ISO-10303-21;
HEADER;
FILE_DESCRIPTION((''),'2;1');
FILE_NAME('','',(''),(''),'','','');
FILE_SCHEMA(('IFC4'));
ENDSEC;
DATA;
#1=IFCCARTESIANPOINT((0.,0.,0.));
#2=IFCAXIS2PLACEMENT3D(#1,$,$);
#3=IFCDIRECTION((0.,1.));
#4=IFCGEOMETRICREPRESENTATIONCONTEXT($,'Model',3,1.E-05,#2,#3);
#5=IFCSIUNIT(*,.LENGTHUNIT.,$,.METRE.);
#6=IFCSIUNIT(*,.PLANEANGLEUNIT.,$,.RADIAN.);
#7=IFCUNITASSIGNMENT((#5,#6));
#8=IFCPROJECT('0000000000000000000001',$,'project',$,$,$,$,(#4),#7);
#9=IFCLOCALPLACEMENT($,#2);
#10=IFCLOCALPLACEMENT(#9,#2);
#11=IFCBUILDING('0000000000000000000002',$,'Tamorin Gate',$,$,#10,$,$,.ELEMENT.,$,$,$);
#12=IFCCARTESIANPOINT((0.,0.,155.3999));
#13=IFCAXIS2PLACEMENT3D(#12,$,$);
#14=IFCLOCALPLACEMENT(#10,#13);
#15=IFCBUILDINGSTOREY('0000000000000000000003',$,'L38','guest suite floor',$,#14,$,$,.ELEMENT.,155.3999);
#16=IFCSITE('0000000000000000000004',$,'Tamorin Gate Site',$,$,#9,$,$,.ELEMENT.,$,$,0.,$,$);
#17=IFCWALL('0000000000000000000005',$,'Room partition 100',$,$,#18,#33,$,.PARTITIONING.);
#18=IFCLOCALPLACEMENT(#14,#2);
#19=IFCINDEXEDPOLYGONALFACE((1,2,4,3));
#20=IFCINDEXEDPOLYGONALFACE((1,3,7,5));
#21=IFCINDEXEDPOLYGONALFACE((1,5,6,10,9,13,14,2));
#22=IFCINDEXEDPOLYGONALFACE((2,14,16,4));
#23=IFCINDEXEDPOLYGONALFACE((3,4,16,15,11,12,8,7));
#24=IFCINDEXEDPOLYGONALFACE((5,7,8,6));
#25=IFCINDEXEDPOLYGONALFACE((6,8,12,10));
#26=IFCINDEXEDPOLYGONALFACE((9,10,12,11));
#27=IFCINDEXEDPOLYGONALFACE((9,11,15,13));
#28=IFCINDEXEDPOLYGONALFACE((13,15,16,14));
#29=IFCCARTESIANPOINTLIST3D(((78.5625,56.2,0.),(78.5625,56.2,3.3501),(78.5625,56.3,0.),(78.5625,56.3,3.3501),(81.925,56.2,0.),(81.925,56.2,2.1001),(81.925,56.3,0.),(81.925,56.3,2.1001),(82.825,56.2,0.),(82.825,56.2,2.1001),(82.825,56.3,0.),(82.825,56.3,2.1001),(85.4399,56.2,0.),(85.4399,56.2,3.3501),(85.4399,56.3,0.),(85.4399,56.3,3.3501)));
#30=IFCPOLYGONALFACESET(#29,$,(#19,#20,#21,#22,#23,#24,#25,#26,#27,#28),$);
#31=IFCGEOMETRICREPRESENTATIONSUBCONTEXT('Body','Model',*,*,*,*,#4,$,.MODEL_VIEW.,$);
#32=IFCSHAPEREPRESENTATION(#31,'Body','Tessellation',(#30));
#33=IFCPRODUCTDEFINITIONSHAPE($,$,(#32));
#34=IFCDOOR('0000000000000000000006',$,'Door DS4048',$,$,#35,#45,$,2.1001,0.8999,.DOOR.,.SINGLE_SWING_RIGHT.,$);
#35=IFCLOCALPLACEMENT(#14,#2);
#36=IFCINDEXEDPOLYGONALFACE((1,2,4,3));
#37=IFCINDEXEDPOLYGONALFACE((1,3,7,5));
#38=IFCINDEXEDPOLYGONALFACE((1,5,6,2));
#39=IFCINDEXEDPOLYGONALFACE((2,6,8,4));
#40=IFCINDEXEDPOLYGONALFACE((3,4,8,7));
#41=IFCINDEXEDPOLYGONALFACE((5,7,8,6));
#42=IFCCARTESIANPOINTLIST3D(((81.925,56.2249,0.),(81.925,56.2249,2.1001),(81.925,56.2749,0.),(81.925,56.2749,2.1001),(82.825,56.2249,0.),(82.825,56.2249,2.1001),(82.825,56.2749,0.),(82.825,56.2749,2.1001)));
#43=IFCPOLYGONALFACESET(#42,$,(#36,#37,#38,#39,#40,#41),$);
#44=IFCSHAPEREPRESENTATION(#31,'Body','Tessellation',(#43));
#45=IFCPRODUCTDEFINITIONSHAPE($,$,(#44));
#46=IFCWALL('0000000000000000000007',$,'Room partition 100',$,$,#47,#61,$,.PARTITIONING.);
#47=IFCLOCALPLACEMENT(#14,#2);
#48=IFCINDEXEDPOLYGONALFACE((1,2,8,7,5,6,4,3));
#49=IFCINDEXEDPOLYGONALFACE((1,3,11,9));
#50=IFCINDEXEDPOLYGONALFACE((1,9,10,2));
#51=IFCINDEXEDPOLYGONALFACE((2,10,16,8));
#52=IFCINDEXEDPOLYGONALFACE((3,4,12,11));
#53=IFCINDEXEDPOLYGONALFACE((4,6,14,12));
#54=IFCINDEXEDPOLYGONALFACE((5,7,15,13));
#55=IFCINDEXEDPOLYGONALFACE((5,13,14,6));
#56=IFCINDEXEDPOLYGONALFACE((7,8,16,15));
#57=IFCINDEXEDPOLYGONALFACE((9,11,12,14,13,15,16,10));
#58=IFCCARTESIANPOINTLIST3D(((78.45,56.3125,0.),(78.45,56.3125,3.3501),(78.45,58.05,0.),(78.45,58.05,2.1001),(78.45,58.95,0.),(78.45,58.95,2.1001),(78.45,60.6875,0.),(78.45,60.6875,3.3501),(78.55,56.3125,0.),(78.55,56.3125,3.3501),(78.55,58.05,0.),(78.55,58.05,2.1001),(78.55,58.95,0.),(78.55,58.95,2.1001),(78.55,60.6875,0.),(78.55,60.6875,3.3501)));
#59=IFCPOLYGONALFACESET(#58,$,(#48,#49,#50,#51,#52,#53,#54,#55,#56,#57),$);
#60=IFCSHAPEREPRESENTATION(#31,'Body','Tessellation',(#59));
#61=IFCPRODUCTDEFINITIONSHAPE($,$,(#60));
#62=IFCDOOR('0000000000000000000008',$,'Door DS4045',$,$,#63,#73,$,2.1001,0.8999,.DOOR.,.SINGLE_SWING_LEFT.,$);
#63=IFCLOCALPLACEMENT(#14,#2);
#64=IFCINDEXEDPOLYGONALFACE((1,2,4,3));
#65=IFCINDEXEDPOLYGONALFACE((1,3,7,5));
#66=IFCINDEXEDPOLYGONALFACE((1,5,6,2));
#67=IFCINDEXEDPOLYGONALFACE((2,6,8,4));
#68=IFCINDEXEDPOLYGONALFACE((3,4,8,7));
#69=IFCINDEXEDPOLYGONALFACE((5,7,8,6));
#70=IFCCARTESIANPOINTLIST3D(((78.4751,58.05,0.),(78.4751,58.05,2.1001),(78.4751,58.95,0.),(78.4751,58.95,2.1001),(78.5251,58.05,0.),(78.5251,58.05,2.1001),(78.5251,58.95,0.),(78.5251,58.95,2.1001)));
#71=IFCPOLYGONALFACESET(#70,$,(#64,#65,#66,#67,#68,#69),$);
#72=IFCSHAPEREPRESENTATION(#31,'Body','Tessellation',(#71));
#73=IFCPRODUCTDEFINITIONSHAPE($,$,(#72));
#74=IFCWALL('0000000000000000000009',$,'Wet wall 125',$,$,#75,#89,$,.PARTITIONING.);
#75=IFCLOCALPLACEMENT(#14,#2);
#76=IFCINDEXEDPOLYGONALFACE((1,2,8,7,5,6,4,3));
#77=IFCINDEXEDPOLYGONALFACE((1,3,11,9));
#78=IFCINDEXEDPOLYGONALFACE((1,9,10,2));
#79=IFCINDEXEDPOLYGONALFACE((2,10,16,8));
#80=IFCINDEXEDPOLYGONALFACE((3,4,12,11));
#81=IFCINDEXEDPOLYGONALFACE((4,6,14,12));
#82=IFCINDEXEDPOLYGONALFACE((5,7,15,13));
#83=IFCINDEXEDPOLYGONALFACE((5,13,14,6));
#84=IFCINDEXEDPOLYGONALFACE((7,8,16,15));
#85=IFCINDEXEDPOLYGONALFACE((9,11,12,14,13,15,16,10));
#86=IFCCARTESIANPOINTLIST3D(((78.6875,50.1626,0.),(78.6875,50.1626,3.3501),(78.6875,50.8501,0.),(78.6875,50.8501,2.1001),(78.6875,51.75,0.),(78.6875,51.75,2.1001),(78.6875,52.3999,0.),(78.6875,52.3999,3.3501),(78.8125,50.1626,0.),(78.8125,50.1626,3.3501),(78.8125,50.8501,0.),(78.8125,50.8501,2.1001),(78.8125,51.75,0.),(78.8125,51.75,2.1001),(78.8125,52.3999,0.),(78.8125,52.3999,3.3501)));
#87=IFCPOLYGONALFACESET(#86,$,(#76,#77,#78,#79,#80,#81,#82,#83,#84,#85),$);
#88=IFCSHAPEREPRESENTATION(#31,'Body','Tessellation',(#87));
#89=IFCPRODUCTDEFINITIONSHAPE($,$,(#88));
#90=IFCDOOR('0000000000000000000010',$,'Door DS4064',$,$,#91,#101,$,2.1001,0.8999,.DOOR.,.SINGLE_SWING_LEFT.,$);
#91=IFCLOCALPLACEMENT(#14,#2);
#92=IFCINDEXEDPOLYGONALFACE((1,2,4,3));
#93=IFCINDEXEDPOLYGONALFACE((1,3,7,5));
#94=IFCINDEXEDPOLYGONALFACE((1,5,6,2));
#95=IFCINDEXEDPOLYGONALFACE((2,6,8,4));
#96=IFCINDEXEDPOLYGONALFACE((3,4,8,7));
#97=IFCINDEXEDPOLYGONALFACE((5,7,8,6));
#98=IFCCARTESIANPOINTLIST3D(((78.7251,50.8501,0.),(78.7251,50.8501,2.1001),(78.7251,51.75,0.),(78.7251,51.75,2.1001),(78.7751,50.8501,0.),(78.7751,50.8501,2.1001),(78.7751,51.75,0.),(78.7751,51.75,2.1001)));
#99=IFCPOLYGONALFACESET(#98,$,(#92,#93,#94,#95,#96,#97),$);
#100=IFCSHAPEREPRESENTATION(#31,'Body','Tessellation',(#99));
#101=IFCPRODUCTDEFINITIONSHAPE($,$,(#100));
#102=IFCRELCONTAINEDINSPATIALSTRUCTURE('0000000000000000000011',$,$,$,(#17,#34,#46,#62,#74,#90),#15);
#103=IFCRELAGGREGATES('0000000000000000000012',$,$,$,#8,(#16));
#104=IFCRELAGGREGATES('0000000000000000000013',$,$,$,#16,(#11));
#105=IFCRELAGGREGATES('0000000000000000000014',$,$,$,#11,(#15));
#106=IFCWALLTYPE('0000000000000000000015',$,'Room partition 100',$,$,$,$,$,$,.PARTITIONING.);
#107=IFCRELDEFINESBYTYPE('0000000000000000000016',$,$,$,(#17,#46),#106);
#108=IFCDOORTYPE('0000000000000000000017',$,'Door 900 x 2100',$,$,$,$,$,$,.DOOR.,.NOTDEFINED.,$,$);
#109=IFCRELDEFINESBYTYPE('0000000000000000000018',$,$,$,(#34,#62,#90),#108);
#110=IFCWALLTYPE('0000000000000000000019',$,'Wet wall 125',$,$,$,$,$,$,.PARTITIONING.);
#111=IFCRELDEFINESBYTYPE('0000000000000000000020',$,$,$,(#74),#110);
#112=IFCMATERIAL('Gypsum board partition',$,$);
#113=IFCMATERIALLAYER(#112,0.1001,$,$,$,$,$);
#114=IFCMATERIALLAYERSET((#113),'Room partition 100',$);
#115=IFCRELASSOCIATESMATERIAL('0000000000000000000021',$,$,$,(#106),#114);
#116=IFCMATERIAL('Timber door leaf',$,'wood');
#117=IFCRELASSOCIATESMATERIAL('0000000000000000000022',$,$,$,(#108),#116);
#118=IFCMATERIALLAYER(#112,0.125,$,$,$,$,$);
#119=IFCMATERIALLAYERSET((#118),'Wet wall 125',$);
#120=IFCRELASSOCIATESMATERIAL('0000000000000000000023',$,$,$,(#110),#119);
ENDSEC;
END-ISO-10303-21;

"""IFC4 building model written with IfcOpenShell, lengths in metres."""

from ifc_helpers import new_model, si_unit, direction, frame, frame_2d, origin, place, context, subcontext, project, spatial, rectangle, extrude, material, layer, layer_set, type_object, element, fill, save


model = new_model("IFC4")

# Units and contexts
model_context = context("Model", 3, precision=1e-05, world=origin(), true_north=direction((0.0, 1.0)))
body_context = subcontext(model_context, "Body", "Model", "MODEL_VIEW")
ifc_project = project(units=[si_unit("LENGTHUNIT", "METRE"), si_unit("PLANEANGLEUNIT", "RADIAN")], contexts=[model_context])

# Site, building, storey
site_placement = place(None, origin())
site = spatial("IfcSite", under=ifc_project, at=site_placement, Name="Tamorin Gate Site", CompositionType="ELEMENT", RefElevation=0.0)
building_placement = place(site_placement, origin())
building = spatial("IfcBuilding", under=site, at=building_placement, Name="Tamorin Gate", CompositionType="ELEMENT")
storey_placement = place(building_placement, frame((0.0, 0.0, 155.3999)))
storey = spatial("IfcBuildingStorey", under=building, at=storey_placement, Name="L38", Description="guest suite floor", CompositionType="ELEMENT", Elevation=155.3999)

# Walls, openings, doors
ifc_material_1 = material(Name="Gypsum board partition")
ifc_layer_1 = layer(ifc_material_1, 0.1001)
ifc_layer_set_1 = layer_set([ifc_layer_1], Name="Room partition 100")
wall_type_1 = type_object("IfcWallType", Name="Room partition 100", PredefinedType="PARTITIONING", material=ifc_layer_set_1)
wall_1_placement = place(storey_placement, frame((78.5625, 56.25, 0.0), z_axis=(0.0, 0.0, 1.0), x_axis=(1.0, 0.0, 0.0)))
wall_1 = element("IfcWall", 1, at=wall_1_placement, inside=storey, type_object=wall_type_1, Name="Room partition 100", PredefinedType="PARTITIONING", context=body_context, shape_type="SweptSolid", body=[
    extrude(rectangle(XDim=6.8774, YDim=0.1001, at=frame_2d((3.4387, 0.0))), origin(), (0.0, 0.0, 1.0), 3.3501),
])
opening_1_placement = place(wall_1_placement, frame((3.3625, 0.0, 0.0)))
opening_1 = element("IfcOpeningElement", 2, at=opening_1_placement, cuts=wall_1, PredefinedType="OPENING", context=body_context, shape_type="SweptSolid", body=[
    extrude(rectangle(XDim=0.8999, YDim=2.1001, at=frame_2d((0.45, 1.05))), frame((0.0, 0.0601, 0.0), z_axis=(0.0, -1.0, 0.0), x_axis=(1.0, 0.0, 0.0)), (0.0, 0.0, 1.0), 0.1201),
])
ifc_material_2 = material(Name="Timber door leaf", Category="wood")
door_type = type_object("IfcDoorType", Name="Door 900 x 2100", OperationType="NOTDEFINED", PredefinedType="DOOR", material=ifc_material_2)
door_1_placement = place(opening_1_placement, origin())
door_1 = element("IfcDoor", 3, at=door_1_placement, inside=storey, type_object=door_type, Name="Door DS4048", OperationType="SINGLE_SWING_RIGHT", OverallHeight=2.1001, OverallWidth=0.8999, PredefinedType="DOOR", context=body_context, shape_type="SweptSolid", body=[
    extrude(rectangle(XDim=0.8999, YDim=2.1001, at=frame_2d((0.45, 1.05))), frame((0.0, 0.0249, 0.0), z_axis=(0.0, -1.0, 0.0), x_axis=(1.0, 0.0, 0.0)), (0.0, 0.0, 1.0), 0.05),
])
fill(opening_1, door_1)
wall_2_placement = place(storey_placement, frame((78.5, 56.3125, 0.0), z_axis=(0.0, 0.0, 1.0), x_axis=(0.0, 1.0, 0.0)))
wall_2 = element("IfcWall", 4, at=wall_2_placement, inside=storey, type_object=wall_type_1, Name="Room partition 100", PredefinedType="PARTITIONING", context=body_context, shape_type="SweptSolid", body=[
    extrude(rectangle(XDim=4.375, YDim=0.1001, at=frame_2d((2.1875, 0.0))), origin(), (0.0, 0.0, 1.0), 3.3501),
])
opening_2_placement = place(wall_2_placement, frame((1.7375, 0.0, 0.0)))
opening_2 = element("IfcOpeningElement", 5, at=opening_2_placement, cuts=wall_2, PredefinedType="OPENING", context=body_context, shape_type="SweptSolid", body=[
    extrude(rectangle(XDim=0.8999, YDim=2.1001, at=frame_2d((0.45, 1.05))), frame((0.0, 0.0601, 0.0), z_axis=(0.0, -1.0, 0.0), x_axis=(1.0, 0.0, 0.0)), (0.0, 0.0, 1.0), 0.1201),
])
door_2_placement = place(opening_2_placement, origin())
door_2 = element("IfcDoor", 6, at=door_2_placement, inside=storey, type_object=door_type, Name="Door DS4045", OperationType="SINGLE_SWING_LEFT", OverallHeight=2.1001, OverallWidth=0.8999, PredefinedType="DOOR", context=body_context, shape_type="SweptSolid", body=[
    extrude(rectangle(XDim=0.8999, YDim=2.1001, at=frame_2d((0.45, 1.05))), frame((0.0, 0.0249, 0.0), z_axis=(0.0, -1.0, 0.0), x_axis=(1.0, 0.0, 0.0)), (0.0, 0.0, 1.0), 0.05),
])
fill(opening_2, door_2)
ifc_layer_2 = layer(ifc_material_1, 0.125)
ifc_layer_set_2 = layer_set([ifc_layer_2], Name="Wet wall 125")
wall_type_2 = type_object("IfcWallType", Name="Wet wall 125", PredefinedType="PARTITIONING", material=ifc_layer_set_2)
wall_3_placement = place(storey_placement, frame((78.75, 50.1626, 0.0), z_axis=(0.0, 0.0, 1.0), x_axis=(0.0, 1.0, 0.0)))
wall_3 = element("IfcWall", 7, at=wall_3_placement, inside=storey, type_object=wall_type_2, Name="Wet wall 125", PredefinedType="PARTITIONING", context=body_context, shape_type="SweptSolid", body=[
    extrude(rectangle(XDim=2.2373, YDim=0.125, at=frame_2d((1.1187, 0.0))), origin(), (0.0, 0.0, 1.0), 3.3501),
])
opening_3_placement = place(wall_3_placement, frame((0.6875, 0.0, 0.0)))
opening_3 = element("IfcOpeningElement", 8, at=opening_3_placement, cuts=wall_3, PredefinedType="OPENING", context=body_context, shape_type="SweptSolid", body=[
    extrude(rectangle(XDim=0.8999, YDim=2.1001, at=frame_2d((0.45, 1.05))), frame((0.0, 0.0725, 0.0), z_axis=(0.0, -1.0, 0.0), x_axis=(1.0, 0.0, 0.0)), (0.0, 0.0, 1.0), 0.145),
])
door_3_placement = place(opening_3_placement, origin())
door_3 = element("IfcDoor", 9, at=door_3_placement, inside=storey, type_object=door_type, Name="Door DS4064", OperationType="SINGLE_SWING_LEFT", OverallHeight=2.1001, OverallWidth=0.8999, PredefinedType="DOOR", context=body_context, shape_type="SweptSolid", body=[
    extrude(rectangle(XDim=0.8999, YDim=2.1001, at=frame_2d((0.45, 1.05))), frame((0.0, 0.0249, 0.0), z_axis=(0.0, -1.0, 0.0), x_axis=(1.0, 0.0, 0.0)), (0.0, 0.0, 1.0), 0.05),
])
fill(opening_3, door_3)

save(model, "model.ifc")
